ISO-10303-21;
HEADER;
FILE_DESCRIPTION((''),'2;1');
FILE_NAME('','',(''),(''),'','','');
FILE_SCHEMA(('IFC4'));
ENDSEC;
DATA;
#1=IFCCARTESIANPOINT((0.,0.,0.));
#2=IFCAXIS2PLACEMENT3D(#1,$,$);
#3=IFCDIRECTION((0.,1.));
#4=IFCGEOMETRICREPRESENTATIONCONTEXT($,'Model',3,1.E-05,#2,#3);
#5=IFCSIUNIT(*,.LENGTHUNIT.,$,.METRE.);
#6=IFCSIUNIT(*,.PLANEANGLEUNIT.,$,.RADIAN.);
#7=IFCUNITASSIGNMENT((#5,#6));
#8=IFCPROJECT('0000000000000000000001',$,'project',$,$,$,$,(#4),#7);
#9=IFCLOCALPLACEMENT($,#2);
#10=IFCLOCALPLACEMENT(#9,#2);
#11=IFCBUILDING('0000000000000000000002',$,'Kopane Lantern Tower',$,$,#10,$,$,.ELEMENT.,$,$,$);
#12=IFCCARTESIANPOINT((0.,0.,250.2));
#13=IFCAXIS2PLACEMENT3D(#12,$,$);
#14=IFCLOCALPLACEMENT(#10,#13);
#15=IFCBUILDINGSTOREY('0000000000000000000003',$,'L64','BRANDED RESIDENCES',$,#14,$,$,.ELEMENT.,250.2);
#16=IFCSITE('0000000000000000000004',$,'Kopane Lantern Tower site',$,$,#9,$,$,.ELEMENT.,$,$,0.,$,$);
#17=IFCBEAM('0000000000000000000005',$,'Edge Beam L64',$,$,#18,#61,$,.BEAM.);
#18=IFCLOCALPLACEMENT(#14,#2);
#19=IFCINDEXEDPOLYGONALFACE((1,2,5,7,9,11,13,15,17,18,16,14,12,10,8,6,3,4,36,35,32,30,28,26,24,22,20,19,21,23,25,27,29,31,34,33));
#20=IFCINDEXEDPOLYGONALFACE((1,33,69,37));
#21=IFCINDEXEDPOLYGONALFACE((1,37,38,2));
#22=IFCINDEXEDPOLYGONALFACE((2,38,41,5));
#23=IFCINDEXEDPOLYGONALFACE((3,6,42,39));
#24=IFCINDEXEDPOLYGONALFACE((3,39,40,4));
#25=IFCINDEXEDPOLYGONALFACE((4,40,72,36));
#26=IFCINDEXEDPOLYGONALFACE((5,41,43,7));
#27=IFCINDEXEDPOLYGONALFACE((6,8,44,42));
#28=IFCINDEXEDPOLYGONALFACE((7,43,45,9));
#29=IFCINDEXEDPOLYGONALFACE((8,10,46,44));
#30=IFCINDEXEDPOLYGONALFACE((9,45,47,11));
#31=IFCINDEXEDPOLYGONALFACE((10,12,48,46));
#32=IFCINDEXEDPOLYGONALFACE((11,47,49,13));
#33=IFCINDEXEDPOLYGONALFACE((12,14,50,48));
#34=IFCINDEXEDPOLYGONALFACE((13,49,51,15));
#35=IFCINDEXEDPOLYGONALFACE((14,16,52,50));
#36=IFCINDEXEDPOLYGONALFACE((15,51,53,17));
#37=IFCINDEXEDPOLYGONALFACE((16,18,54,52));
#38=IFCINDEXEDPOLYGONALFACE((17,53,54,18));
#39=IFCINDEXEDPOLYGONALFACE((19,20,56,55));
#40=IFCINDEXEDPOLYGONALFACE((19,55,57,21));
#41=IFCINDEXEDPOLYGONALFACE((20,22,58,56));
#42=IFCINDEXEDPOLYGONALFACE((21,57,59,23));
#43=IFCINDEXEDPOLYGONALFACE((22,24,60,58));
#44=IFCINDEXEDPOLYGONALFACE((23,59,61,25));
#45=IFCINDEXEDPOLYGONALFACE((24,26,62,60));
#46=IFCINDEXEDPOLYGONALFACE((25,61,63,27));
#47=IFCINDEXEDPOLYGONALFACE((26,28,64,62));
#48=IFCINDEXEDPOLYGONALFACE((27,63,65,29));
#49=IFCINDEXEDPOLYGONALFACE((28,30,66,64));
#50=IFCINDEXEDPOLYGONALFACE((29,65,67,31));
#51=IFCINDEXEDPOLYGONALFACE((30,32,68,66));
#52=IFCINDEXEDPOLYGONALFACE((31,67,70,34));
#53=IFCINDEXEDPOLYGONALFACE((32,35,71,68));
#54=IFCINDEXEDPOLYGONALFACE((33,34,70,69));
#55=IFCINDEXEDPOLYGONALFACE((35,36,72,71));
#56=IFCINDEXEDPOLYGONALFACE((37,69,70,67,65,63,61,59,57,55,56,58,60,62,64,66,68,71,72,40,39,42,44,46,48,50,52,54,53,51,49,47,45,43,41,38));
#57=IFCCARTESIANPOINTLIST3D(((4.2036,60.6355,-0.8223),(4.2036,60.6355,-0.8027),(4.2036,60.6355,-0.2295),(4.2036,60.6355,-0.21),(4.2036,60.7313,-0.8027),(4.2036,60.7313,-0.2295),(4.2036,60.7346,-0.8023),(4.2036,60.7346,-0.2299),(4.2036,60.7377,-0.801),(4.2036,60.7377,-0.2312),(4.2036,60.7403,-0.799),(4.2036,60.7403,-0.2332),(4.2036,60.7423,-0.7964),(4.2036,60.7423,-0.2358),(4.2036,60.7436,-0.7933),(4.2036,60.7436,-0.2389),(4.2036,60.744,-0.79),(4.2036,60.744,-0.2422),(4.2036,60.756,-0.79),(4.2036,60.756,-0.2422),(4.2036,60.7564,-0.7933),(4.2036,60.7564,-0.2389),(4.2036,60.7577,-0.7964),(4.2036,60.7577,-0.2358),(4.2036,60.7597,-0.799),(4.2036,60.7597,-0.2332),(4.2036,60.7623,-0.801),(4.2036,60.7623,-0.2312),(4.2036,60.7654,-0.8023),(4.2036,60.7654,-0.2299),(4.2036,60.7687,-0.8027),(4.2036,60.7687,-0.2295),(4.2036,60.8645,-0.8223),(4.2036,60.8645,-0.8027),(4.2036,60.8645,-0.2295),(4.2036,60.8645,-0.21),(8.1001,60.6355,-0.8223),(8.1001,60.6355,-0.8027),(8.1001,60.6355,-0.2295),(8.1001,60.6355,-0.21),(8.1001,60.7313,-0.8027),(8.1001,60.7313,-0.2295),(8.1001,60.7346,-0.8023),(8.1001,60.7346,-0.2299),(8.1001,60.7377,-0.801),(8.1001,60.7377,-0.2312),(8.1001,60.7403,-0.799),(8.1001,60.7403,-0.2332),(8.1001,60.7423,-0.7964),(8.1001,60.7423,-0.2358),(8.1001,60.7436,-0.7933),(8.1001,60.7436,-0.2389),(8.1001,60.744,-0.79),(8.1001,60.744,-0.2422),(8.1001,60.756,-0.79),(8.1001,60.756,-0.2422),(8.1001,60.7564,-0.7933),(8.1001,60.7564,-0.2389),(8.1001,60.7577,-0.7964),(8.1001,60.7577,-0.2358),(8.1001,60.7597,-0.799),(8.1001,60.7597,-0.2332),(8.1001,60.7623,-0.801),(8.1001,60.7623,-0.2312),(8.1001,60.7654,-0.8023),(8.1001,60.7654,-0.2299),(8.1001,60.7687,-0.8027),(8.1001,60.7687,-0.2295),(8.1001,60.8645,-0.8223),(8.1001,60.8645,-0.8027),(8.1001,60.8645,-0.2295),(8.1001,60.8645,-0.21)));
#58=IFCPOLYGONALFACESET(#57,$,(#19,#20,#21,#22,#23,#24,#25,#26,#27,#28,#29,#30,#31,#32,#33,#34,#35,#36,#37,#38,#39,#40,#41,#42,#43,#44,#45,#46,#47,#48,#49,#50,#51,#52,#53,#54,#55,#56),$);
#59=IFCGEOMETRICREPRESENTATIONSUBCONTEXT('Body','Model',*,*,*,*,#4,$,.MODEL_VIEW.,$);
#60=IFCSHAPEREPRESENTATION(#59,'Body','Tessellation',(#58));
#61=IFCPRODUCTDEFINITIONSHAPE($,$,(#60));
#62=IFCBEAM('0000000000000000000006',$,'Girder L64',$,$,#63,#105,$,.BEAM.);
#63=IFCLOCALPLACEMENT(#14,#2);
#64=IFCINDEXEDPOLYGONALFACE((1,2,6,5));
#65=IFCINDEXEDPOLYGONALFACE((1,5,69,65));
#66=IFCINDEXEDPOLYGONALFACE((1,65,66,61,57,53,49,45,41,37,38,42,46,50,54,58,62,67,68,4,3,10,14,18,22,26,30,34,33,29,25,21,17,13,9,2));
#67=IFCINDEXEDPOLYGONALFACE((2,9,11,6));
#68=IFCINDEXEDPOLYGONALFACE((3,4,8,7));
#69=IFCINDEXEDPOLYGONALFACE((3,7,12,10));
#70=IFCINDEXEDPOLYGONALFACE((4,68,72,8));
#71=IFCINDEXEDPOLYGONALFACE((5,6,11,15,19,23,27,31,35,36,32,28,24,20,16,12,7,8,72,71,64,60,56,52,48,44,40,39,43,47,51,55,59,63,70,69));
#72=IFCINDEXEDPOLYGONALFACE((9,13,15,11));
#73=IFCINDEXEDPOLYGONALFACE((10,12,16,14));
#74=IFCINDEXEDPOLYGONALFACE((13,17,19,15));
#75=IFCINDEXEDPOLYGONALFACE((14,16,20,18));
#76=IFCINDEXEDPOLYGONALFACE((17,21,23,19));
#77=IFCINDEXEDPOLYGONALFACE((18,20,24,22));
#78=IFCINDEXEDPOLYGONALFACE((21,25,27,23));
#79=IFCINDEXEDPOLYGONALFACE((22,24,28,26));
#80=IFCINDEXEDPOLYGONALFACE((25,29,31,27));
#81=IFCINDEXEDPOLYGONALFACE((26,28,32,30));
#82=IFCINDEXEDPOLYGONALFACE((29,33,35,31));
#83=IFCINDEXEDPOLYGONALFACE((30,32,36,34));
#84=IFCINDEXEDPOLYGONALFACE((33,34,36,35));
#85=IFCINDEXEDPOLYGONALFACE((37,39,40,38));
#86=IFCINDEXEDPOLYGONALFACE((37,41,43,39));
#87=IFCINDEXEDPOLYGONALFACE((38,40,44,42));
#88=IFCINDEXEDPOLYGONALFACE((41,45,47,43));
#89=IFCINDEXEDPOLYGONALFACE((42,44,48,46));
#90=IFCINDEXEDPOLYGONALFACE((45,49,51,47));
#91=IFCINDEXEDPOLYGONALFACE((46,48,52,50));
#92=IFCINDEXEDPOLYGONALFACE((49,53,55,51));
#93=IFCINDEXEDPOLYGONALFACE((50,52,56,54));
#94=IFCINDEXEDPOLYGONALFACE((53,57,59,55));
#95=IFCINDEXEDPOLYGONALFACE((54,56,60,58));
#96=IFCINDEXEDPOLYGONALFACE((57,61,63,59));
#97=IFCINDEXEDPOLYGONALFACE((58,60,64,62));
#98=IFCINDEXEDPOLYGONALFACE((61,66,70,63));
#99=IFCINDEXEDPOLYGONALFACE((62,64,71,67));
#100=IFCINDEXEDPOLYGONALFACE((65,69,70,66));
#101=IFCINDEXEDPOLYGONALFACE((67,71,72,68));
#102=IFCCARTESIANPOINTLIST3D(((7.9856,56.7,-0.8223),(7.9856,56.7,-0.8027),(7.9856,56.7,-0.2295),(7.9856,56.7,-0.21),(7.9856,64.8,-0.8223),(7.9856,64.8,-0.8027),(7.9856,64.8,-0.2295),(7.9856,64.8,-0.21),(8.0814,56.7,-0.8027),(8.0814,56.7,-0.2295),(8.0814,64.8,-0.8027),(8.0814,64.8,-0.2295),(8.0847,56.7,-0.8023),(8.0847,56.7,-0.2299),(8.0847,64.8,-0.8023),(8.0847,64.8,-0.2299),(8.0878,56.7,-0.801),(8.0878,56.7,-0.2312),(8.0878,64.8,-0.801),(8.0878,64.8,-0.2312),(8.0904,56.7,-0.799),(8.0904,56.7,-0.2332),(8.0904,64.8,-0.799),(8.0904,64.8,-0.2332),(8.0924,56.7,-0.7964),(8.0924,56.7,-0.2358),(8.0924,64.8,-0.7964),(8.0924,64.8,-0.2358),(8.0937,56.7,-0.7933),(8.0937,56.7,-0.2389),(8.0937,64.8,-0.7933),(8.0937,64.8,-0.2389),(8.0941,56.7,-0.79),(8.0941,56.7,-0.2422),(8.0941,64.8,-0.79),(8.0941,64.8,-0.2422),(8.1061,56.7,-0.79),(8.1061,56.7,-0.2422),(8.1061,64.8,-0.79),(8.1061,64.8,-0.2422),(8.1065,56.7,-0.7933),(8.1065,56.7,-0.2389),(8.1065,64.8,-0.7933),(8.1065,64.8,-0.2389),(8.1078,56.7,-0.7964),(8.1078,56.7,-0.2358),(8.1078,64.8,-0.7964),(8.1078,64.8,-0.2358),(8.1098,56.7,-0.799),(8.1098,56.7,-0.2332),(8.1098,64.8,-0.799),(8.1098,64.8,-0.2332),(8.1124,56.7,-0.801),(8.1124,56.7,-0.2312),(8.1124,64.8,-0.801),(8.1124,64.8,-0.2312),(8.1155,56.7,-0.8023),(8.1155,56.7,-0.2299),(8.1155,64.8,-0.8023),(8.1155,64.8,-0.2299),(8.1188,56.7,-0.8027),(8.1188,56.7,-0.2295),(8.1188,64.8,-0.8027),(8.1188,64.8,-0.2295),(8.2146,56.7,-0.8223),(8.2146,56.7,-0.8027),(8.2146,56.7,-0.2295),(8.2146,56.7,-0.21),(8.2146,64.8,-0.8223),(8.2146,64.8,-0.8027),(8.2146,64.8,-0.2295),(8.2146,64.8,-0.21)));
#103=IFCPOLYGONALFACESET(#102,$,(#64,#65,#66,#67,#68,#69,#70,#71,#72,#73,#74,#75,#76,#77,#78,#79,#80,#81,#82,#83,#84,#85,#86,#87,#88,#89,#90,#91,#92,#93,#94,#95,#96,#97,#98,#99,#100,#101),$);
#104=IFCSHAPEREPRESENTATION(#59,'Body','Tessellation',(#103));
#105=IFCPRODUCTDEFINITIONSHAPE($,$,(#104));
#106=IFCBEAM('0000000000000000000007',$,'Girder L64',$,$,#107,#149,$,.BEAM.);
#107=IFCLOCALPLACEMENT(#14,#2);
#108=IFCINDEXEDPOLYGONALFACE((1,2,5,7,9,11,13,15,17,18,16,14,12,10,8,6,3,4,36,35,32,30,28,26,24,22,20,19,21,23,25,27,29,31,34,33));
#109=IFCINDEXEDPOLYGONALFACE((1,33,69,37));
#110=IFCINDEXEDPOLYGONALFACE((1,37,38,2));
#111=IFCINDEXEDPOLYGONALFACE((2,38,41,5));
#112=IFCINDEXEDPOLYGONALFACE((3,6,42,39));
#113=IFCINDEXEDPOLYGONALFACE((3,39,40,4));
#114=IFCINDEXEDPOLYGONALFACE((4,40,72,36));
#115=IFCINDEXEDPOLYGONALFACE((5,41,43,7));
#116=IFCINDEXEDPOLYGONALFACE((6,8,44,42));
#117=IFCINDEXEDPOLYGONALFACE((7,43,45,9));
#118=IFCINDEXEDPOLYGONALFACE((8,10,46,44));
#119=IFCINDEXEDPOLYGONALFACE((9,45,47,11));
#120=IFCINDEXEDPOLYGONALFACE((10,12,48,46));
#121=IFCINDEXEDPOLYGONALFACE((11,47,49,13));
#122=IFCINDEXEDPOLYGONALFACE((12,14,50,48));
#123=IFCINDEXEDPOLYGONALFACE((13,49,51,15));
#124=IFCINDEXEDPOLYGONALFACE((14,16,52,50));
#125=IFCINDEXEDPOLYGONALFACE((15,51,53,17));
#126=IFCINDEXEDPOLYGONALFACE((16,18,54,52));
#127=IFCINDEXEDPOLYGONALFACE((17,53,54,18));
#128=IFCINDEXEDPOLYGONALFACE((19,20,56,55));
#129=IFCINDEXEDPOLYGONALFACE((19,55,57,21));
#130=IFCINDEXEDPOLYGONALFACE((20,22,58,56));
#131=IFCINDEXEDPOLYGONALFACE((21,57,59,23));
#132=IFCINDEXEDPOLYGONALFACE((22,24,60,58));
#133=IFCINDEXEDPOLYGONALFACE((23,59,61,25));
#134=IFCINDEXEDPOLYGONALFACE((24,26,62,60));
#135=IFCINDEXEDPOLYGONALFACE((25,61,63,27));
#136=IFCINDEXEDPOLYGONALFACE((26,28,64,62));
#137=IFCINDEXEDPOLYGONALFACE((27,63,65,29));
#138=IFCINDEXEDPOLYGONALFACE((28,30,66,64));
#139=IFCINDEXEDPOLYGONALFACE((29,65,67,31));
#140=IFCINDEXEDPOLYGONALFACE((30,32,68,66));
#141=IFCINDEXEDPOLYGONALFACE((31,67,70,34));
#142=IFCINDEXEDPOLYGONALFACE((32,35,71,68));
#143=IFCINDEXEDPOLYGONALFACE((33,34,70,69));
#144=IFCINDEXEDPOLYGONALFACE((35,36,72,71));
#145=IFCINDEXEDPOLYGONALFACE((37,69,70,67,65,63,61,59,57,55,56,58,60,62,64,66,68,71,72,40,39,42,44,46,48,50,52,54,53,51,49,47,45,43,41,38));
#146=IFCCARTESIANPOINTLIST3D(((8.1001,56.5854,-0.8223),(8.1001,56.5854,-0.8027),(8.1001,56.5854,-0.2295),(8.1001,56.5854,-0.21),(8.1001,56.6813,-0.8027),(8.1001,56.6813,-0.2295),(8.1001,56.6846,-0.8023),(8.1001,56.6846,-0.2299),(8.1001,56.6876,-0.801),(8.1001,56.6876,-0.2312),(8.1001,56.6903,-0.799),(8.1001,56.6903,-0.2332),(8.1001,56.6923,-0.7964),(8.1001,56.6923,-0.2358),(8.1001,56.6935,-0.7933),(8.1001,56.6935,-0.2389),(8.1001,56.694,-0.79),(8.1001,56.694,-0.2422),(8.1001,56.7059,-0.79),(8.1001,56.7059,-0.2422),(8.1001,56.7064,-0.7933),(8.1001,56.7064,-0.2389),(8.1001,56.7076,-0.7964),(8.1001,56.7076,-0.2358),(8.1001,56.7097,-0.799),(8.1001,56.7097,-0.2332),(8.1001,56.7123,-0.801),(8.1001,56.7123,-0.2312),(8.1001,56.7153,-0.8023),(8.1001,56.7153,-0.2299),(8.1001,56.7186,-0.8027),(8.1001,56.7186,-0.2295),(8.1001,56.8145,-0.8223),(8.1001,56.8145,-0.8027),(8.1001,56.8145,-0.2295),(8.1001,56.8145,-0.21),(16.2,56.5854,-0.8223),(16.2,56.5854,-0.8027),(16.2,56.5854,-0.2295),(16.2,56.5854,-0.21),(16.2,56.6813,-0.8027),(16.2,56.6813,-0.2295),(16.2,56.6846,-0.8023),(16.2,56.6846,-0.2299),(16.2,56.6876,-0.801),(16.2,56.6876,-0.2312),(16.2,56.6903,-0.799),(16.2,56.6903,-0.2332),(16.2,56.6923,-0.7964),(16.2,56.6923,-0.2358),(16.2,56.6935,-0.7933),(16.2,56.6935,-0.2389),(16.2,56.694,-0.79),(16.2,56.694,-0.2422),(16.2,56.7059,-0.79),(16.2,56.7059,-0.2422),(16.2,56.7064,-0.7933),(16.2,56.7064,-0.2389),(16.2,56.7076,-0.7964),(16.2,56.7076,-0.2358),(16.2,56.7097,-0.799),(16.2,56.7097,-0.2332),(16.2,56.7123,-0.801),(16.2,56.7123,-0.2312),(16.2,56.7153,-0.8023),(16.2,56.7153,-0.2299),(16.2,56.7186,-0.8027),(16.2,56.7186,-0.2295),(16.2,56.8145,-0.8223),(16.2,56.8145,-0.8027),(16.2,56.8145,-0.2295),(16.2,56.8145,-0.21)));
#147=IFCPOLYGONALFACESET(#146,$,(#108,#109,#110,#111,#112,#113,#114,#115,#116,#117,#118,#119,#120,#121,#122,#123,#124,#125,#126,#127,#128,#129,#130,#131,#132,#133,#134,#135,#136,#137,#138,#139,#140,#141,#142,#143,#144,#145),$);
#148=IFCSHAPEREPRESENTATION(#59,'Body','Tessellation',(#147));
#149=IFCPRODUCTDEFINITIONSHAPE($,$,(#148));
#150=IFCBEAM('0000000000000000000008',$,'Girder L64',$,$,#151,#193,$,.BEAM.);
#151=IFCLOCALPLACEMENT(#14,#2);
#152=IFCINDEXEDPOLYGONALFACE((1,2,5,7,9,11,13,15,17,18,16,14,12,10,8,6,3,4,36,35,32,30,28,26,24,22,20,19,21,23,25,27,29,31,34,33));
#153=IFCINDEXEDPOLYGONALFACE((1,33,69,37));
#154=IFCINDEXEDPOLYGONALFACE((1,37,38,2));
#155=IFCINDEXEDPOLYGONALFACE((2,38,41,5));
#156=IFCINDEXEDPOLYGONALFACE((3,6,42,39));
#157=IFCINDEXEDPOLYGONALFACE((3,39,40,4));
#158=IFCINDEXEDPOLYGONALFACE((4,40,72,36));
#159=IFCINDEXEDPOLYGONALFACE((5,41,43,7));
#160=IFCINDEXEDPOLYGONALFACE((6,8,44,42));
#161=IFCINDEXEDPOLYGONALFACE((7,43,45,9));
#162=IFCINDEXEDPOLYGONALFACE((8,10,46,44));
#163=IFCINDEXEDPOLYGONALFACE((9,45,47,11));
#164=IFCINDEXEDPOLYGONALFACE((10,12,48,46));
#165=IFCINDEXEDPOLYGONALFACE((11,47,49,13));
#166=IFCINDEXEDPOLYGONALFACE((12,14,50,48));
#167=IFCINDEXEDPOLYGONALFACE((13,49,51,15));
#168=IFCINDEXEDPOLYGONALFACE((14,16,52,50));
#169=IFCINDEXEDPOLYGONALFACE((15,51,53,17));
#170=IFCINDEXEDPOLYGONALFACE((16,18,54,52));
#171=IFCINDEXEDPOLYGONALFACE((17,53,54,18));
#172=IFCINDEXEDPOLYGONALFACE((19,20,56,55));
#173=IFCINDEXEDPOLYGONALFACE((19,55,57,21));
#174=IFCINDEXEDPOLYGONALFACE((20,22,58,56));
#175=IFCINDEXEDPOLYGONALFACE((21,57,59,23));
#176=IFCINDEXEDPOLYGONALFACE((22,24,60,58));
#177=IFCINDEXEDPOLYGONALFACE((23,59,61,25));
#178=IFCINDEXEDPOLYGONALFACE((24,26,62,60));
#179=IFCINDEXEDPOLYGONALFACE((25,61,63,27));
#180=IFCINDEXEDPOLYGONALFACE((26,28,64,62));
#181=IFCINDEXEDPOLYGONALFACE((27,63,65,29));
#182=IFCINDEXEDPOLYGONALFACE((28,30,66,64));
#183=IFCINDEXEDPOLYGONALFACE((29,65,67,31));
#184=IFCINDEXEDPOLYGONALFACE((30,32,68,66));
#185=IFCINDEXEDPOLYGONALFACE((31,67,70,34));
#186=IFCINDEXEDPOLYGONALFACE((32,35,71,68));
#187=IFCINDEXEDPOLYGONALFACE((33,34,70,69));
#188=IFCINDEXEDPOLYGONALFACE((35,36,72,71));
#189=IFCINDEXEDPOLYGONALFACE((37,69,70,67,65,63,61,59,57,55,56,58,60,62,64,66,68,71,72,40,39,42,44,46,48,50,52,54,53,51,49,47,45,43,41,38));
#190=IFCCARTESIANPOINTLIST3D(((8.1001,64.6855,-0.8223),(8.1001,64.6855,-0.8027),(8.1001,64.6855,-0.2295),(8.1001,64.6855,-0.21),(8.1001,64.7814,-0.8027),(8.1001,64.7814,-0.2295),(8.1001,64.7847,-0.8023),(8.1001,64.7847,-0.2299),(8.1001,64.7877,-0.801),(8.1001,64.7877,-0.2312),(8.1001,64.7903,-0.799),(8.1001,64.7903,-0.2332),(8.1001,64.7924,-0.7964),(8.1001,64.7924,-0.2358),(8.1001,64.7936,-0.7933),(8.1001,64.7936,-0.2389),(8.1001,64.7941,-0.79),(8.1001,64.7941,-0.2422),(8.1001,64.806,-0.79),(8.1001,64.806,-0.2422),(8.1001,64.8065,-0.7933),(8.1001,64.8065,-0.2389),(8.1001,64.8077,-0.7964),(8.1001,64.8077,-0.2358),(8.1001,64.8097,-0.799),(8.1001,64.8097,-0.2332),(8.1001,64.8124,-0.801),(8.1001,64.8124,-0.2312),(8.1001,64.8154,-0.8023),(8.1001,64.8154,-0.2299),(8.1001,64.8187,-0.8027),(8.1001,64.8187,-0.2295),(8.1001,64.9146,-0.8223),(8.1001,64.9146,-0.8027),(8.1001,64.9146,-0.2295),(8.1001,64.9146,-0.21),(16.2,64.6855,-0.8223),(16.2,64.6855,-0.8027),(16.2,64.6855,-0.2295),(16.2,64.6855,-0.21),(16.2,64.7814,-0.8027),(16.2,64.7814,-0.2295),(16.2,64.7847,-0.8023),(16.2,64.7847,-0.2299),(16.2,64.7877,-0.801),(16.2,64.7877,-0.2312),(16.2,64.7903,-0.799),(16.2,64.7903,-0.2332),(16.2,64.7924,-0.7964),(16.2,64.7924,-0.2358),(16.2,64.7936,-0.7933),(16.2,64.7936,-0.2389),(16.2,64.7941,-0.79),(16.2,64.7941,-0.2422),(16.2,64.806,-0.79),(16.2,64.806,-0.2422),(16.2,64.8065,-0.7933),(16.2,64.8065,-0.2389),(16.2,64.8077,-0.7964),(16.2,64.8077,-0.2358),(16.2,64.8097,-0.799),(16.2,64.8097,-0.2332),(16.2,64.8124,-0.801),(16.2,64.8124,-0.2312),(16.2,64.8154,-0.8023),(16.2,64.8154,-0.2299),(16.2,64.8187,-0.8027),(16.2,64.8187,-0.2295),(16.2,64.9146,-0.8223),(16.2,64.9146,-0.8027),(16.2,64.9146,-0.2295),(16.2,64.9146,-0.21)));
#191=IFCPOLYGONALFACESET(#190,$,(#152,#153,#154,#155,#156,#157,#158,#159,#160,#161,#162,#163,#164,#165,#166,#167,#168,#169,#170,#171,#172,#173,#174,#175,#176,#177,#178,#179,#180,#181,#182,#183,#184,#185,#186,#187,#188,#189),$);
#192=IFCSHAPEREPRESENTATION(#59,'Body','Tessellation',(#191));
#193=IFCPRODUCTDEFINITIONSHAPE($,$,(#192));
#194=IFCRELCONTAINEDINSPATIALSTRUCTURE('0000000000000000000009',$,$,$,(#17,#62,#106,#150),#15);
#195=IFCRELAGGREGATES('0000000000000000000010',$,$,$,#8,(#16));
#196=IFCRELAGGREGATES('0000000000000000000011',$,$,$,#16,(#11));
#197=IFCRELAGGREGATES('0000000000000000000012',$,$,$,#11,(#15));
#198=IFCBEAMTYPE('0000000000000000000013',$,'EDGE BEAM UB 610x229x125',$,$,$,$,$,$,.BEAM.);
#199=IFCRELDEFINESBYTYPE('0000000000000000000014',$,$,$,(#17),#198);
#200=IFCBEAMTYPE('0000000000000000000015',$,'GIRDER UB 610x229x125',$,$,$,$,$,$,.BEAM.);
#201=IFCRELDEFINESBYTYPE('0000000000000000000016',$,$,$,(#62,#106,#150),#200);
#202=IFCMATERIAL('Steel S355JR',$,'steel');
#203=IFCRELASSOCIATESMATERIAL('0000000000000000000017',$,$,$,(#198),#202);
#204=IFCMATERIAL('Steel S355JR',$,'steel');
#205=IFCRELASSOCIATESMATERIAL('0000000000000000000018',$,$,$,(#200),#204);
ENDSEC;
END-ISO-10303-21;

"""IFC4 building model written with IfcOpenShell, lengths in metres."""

from ifc_helpers import new_model, si_unit, direction, frame, origin, origin_2d, place, context, subcontext, project, spatial, i_section, extrude, material, material_profile, profile_set, type_object, element, save


model = new_model("IFC4")

# Units and contexts
model_context = context("Model", 3, precision=1e-05, world=origin(), true_north=direction((0.0, 1.0)))
body_context = subcontext(model_context, "Body", "Model", "MODEL_VIEW")
ifc_project = project(units=[si_unit("LENGTHUNIT", "METRE"), si_unit("PLANEANGLEUNIT", "RADIAN")], contexts=[model_context])

# Site, building, storey
site_placement = place(None, origin())
site = spatial("IfcSite", under=ifc_project, at=site_placement, Name="Kopane Lantern Tower site", CompositionType="ELEMENT", RefElevation=0.0)
building_placement = place(site_placement, origin())
building = spatial("IfcBuilding", under=site, at=building_placement, Name="Kopane Lantern Tower", CompositionType="ELEMENT")
storey_placement = place(building_placement, frame((0.0, 0.0, 250.2)))
storey = spatial("IfcBuildingStorey", under=building, at=storey_placement, Name="L64", Description="BRANDED RESIDENCES", CompositionType="ELEMENT", Elevation=250.2)

# Beams
ifc_material_1 = material(Name="Steel S355JR", Category="steel")
ifc_material_profile_1 = material_profile(ifc_material_1, i_section(OverallWidth=0.229, OverallDepth=0.6123, WebThickness=0.012, FlangeThickness=0.0195, FilletRadius=0.0127, at=origin_2d()), Name="UB 610x229x125")
ifc_profile_set_1 = profile_set([ifc_material_profile_1], Name="Steel S355JR")
beam_type_1 = type_object("IfcBeamType", Name="EDGE BEAM UB 610x229x125", PredefinedType="BEAM", material=ifc_profile_set_1)
beam_1_placement = place(storey_placement, frame((4.2036, 60.75, -0.5161), z_axis=(1.0, 0.0, 0.0), x_axis=(0.0, 1.0, 0.0)))
element("IfcBeam", 1, at=beam_1_placement, inside=storey, type_object=beam_type_1, Name="Edge Beam L64", PredefinedType="BEAM", context=body_context, shape_type="SweptSolid", body=[
    extrude(i_section(OverallWidth=0.229, OverallDepth=0.6123, WebThickness=0.012, FlangeThickness=0.0195, FilletRadius=0.0127, at=origin_2d()), origin(), (0.0, 0.0, 1.0), 3.8965),
])
ifc_material_2 = material(Name="Steel S355JR", Category="steel")
ifc_material_profile_2 = material_profile(ifc_material_2, i_section(OverallWidth=0.229, OverallDepth=0.6123, WebThickness=0.012, FlangeThickness=0.0195, FilletRadius=0.0127, at=origin_2d()), Name="UB 610x229x125")
ifc_profile_set_2 = profile_set([ifc_material_profile_2], Name="Steel S355JR")
beam_type_2 = type_object("IfcBeamType", Name="GIRDER UB 610x229x125", PredefinedType="BEAM", material=ifc_profile_set_2)
beam_2_placement = place(storey_placement, frame((8.1001, 56.7, -0.5161), z_axis=(0.0, 1.0, 0.0), x_axis=(-1.0, 0.0, 0.0)))
element("IfcBeam", 2, at=beam_2_placement, inside=storey, type_object=beam_type_2, Name="Girder L64", PredefinedType="BEAM", context=body_context, shape_type="SweptSolid", body=[
    extrude(i_section(OverallWidth=0.229, OverallDepth=0.6123, WebThickness=0.012, FlangeThickness=0.0195, FilletRadius=0.0127, at=origin_2d()), origin(), (0.0, 0.0, 1.0), 8.1001),
])
for number, where, z_axis, x_axis, name in (
    (3, (8.1001, 56.7, -0.5161), (1.0, 0.0, 0.0), (0.0, 1.0, 0.0), "Girder L64"),
    (4, (8.1001, 64.8, -0.5161), (1.0, 0.0, 0.0), (0.0, 1.0, 0.0), "Girder L64"),
):
    element("IfcBeam", number, at=place(storey_placement, frame(where, z_axis=z_axis, x_axis=x_axis)), inside=storey, type_object=beam_type_2, Name=name, PredefinedType="BEAM", context=body_context, shape_type="SweptSolid", body=[
        extrude(i_section(OverallWidth=0.229, OverallDepth=0.6123, WebThickness=0.012, FlangeThickness=0.0195, FilletRadius=0.0127, at=origin_2d()), origin(), (0.0, 0.0, 1.0), 8.0999),
    ])

save(model, "model.ifc")
